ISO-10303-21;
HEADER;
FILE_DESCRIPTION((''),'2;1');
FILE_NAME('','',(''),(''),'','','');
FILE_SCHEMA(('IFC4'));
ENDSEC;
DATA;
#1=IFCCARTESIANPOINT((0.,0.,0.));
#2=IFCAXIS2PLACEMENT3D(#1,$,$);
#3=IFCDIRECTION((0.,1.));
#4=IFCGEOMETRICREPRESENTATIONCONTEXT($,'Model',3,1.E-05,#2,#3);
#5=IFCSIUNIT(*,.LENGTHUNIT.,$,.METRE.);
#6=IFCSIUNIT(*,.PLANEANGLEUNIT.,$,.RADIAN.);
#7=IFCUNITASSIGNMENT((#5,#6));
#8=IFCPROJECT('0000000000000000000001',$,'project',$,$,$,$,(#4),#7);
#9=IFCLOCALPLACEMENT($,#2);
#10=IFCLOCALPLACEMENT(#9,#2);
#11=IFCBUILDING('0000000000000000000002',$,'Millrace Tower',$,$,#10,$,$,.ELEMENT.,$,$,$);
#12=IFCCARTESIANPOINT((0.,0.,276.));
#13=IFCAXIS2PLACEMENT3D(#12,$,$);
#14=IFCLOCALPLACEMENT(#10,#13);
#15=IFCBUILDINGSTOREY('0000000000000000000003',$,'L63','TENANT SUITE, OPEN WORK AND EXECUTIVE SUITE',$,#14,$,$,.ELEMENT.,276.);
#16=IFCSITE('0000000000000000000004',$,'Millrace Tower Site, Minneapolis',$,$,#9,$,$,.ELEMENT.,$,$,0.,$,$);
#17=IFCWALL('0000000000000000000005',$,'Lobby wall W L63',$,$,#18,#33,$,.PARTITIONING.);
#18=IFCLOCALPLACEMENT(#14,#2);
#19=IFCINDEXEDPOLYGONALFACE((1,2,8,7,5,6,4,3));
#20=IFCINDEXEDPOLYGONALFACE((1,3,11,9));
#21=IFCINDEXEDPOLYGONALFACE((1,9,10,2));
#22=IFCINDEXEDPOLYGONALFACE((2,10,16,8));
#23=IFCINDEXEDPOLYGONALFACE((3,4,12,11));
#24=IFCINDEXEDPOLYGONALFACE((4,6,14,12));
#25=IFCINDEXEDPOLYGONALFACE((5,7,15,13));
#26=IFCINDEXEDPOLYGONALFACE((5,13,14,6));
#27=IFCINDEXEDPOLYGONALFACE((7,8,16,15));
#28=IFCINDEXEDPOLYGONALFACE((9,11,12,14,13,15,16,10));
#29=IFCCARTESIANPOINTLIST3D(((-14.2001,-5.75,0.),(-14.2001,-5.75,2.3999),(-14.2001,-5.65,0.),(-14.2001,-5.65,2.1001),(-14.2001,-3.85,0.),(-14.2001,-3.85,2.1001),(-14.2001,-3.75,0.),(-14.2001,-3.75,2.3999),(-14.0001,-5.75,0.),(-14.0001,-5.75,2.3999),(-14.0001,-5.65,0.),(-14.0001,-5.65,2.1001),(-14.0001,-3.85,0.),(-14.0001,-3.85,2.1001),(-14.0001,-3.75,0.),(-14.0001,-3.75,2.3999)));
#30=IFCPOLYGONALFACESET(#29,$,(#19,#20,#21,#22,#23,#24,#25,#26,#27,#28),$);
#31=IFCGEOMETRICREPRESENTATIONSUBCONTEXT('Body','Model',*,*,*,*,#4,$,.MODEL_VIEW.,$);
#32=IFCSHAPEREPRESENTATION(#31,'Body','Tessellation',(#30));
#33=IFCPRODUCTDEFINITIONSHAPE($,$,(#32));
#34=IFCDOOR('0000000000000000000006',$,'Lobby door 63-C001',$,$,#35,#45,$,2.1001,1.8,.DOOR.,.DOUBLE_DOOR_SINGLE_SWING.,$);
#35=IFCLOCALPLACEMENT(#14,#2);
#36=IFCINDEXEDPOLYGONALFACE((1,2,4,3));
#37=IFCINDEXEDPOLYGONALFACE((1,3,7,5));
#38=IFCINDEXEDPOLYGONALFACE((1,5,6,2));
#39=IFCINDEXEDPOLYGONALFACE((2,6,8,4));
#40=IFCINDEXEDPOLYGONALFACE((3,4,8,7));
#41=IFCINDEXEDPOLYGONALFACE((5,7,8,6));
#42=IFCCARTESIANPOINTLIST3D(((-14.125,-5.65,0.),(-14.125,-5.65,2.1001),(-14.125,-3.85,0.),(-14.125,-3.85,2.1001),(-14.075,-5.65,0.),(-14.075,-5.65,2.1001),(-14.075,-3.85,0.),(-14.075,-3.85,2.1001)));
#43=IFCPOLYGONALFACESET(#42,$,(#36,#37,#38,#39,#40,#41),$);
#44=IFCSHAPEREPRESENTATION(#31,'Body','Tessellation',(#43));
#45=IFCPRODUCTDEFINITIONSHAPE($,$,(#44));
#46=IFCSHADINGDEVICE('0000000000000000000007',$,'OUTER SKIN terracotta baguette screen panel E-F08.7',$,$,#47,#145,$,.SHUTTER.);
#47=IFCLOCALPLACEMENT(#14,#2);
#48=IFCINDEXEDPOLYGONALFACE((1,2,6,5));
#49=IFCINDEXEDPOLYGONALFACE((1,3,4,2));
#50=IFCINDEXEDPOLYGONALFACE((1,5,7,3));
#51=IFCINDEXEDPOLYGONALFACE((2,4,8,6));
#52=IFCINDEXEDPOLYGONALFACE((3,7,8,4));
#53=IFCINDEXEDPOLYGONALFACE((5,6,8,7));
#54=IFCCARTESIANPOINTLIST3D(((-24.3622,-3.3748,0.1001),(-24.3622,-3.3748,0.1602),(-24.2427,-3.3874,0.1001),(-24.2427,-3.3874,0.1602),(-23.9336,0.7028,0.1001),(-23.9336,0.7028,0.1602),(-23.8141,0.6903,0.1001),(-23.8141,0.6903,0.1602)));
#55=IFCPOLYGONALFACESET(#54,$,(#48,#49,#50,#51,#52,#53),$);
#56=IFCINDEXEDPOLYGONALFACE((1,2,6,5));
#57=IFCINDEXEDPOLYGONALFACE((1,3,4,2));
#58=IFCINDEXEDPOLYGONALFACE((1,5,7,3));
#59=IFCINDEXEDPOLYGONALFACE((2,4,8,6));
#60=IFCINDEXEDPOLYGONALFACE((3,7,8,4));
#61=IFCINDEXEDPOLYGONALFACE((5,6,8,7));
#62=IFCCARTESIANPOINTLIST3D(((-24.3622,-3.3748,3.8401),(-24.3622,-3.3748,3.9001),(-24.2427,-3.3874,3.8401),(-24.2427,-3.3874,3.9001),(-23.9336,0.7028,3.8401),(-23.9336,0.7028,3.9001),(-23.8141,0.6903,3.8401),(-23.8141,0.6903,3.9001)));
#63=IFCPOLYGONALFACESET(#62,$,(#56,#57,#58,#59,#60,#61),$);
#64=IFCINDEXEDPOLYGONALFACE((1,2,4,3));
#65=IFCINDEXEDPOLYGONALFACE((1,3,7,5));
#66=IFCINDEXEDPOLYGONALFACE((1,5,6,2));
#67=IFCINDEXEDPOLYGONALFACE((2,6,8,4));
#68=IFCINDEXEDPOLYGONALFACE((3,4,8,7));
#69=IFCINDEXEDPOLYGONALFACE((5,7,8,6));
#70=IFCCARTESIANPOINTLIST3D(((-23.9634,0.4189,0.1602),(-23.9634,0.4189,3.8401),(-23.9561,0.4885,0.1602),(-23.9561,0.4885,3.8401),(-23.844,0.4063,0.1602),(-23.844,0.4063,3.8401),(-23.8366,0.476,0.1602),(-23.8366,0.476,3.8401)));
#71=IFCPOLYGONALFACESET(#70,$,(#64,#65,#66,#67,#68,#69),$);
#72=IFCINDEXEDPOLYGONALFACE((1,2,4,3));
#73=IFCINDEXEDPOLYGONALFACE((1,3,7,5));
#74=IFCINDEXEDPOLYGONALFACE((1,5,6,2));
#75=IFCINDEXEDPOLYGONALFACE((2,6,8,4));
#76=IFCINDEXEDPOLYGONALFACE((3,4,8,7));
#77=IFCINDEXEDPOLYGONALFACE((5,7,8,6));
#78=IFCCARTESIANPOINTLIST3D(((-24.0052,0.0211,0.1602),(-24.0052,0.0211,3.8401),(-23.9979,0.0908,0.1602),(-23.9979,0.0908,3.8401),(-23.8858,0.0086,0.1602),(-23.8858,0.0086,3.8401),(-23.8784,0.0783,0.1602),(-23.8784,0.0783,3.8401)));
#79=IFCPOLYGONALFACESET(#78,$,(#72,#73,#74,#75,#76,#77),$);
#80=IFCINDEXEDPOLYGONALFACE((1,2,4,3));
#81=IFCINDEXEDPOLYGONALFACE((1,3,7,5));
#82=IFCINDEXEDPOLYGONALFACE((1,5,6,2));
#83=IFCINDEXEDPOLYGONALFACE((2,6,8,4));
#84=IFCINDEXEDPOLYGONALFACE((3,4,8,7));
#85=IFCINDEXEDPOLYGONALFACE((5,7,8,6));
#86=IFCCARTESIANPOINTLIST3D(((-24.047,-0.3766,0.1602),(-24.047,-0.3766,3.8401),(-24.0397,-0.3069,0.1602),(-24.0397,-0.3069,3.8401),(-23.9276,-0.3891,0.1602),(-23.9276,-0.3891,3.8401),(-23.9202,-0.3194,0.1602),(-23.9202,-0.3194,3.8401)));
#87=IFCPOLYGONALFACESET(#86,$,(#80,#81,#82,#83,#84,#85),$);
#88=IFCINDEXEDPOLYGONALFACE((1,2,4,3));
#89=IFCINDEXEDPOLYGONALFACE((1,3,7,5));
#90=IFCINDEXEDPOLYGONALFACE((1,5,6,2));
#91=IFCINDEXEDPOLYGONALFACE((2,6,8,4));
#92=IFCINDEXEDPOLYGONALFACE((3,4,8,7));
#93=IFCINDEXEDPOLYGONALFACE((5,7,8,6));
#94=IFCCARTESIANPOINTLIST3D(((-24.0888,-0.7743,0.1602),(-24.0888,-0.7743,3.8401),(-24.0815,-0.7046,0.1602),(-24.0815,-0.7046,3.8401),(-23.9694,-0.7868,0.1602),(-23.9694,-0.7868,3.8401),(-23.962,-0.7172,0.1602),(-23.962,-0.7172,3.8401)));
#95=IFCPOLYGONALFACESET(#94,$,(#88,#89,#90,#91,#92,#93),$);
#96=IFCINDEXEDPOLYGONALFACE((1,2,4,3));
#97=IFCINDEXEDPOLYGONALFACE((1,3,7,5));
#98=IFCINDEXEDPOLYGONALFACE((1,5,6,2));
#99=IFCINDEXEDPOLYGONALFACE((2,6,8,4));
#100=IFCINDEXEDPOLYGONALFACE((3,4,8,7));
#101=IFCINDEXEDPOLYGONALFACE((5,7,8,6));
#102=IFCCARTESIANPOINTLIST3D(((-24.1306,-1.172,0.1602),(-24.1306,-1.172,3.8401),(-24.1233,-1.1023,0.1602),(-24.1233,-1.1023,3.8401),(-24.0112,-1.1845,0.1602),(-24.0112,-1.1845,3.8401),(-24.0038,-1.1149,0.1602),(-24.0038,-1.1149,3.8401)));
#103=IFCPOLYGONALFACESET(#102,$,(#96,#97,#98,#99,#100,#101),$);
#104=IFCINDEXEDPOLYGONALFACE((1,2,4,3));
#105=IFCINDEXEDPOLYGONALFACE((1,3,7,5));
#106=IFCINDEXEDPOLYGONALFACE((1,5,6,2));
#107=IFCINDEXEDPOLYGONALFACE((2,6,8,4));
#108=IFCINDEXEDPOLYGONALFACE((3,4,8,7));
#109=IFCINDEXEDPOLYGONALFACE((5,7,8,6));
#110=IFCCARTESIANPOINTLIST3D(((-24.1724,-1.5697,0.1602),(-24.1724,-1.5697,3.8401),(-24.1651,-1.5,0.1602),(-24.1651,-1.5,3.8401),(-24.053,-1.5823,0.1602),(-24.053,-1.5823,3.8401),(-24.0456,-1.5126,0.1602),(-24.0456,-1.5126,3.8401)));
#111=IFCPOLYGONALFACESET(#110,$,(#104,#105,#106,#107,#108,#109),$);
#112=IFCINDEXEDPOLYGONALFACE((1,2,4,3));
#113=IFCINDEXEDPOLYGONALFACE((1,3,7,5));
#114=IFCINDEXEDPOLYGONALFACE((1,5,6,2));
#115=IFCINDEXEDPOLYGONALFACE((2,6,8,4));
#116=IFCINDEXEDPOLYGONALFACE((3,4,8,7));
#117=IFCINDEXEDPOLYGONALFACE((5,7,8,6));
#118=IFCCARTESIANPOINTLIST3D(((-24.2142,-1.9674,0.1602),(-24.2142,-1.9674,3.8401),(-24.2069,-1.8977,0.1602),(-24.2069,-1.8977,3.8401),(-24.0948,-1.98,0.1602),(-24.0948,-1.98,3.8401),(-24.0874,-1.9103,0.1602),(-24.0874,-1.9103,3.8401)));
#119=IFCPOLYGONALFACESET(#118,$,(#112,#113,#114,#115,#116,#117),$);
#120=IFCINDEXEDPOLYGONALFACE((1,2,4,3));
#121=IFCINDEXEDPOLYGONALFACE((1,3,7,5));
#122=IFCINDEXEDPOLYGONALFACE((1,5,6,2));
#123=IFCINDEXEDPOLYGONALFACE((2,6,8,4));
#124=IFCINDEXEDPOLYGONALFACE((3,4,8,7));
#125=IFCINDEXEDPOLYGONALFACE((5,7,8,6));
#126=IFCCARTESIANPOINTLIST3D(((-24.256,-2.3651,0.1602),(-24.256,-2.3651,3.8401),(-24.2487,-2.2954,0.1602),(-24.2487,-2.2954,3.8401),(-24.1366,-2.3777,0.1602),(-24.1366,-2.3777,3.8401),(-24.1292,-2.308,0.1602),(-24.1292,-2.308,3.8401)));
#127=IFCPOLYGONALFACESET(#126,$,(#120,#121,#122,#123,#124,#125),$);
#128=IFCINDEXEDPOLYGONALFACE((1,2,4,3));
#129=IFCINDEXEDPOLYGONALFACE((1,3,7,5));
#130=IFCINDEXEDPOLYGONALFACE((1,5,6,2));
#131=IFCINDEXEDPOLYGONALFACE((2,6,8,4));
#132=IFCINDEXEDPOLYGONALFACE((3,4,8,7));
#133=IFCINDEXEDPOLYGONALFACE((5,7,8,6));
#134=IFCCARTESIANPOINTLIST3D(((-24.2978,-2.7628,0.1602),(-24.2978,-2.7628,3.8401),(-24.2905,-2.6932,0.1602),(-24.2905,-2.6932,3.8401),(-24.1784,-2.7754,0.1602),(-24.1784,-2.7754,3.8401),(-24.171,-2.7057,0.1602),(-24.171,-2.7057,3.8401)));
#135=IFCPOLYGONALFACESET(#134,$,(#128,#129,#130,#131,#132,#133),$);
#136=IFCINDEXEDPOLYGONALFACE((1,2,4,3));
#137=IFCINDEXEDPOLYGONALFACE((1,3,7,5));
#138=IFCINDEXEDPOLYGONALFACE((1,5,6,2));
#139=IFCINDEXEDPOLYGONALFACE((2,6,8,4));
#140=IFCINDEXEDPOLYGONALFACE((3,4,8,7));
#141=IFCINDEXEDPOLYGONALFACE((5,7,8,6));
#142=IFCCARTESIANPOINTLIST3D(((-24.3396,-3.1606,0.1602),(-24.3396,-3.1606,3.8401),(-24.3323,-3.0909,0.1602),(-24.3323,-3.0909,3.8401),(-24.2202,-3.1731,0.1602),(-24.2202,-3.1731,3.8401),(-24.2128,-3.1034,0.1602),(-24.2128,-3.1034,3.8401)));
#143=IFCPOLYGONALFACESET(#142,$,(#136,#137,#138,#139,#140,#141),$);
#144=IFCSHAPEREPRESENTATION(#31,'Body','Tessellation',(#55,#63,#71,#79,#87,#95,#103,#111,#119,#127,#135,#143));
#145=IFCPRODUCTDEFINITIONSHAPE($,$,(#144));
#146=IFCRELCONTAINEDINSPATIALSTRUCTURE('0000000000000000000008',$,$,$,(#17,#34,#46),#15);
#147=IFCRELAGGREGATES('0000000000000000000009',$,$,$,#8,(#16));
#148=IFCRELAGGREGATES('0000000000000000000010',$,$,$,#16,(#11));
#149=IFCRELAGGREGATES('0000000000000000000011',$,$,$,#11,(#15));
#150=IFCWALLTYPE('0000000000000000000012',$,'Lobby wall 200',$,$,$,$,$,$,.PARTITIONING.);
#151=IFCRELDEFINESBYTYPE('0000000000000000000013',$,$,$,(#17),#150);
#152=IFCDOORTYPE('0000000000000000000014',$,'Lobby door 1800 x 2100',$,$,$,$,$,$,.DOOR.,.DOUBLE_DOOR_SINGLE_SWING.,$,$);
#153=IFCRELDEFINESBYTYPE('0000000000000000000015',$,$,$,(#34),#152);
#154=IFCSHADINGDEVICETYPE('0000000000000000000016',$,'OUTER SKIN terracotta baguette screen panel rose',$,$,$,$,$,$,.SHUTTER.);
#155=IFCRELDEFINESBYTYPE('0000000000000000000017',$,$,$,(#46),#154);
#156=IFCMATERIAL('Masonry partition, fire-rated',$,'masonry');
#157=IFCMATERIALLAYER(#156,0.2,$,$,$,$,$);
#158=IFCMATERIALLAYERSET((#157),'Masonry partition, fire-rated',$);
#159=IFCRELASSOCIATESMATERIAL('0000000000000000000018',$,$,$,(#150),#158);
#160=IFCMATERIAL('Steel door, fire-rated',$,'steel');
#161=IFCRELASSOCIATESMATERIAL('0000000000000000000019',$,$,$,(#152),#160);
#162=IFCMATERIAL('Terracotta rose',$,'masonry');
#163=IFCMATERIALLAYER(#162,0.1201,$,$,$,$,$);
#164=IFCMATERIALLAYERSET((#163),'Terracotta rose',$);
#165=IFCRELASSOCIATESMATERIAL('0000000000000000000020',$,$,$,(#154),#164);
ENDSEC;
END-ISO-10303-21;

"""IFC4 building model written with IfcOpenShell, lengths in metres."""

from ifc_helpers import new_model, entity, si_unit, direction, frame, frame_2d, origin, place, context, subcontext, project, spatial, rectangle, extrude, source, transform, mapped, material, layer, layer_set, type_object, element, fill, save


model = new_model("IFC4")

# Units and contexts
model_context = context("Model", 3, precision=1e-05, world=origin(), true_north=direction((0.0, 1.0)))
body_context = subcontext(model_context, "Body", "Model", "MODEL_VIEW")
ifc_project = project(units=[si_unit("LENGTHUNIT", "METRE"), si_unit("PLANEANGLEUNIT", "RADIAN")], contexts=[model_context])

# Site, building, storey
site_placement = place(None, origin())
site = spatial("IfcSite", under=ifc_project, at=site_placement, Name="Millrace Tower Site, Minneapolis", CompositionType="ELEMENT", RefElevation=0.0)
building_placement = place(site_placement, origin())
building = spatial("IfcBuilding", under=site, at=building_placement, Name="Millrace Tower", CompositionType="ELEMENT")
storey_placement = place(building_placement, frame((0.0, 0.0, 276.0)))
storey = spatial("IfcBuildingStorey", under=building, at=storey_placement, Name="L63", Description="TENANT SUITE, OPEN WORK AND EXECUTIVE SUITE", CompositionType="ELEMENT", Elevation=276.0)

# Wall, opening, door
ifc_material_1 = material(Name="Masonry partition, fire-rated", Category="masonry")
ifc_layer_1 = layer(ifc_material_1, 0.2)
ifc_layer_set_1 = layer_set([ifc_layer_1], Name="Masonry partition, fire-rated")
wall_type_1 = type_object("IfcWallType", Name="Lobby wall 200", PredefinedType="PARTITIONING", material=ifc_layer_set_1)
wall_1_placement = place(storey_placement, frame((-14.1001, -5.75, 0.0), z_axis=(0.0, 0.0, 1.0), x_axis=(0.0, 1.0, 0.0)))
wall_1 = element("IfcWall", 1, at=wall_1_placement, inside=storey, type_object=wall_type_1, Name="Lobby wall W L63", PredefinedType="PARTITIONING", context=body_context, shape_type="SweptSolid", body=[
    extrude(rectangle(XDim=2.0, YDim=0.2, at=frame_2d((1.0, 0.0))), origin(), (0.0, 0.0, 1.0), 2.3999),
])
opening_1_placement = place(wall_1_placement, frame((0.1001, 0.0, 0.0)))
opening_1 = element("IfcOpeningElement", 2, at=opening_1_placement, cuts=wall_1, PredefinedType="OPENING", context=body_context, shape_type="SweptSolid", body=[
    extrude(rectangle(XDim=1.8, YDim=2.1001, at=frame_2d((0.8999, 1.05))), frame((0.0, 0.1099, 0.0), z_axis=(0.0, -1.0, 0.0), x_axis=(1.0, 0.0, 0.0)), (0.0, 0.0, 1.0), 0.22),
])
ifc_material_2 = material(Name="Steel door, fire-rated", Category="steel")
door_type_1 = type_object("IfcDoorType", Name="Lobby door 1800 x 2100", OperationType="DOUBLE_DOOR_SINGLE_SWING", PredefinedType="DOOR", material=ifc_material_2)
door_1_placement = place(opening_1_placement, origin())
door_1 = element("IfcDoor", 3, at=door_1_placement, inside=storey, type_object=door_type_1, Name="Lobby door 63-C001", OperationType="DOUBLE_DOOR_SINGLE_SWING", OverallHeight=2.1001, OverallWidth=1.8, PredefinedType="DOOR", context=body_context, shape_type="SweptSolid", body=[
    extrude(rectangle(XDim=1.8, YDim=2.1001, at=frame_2d((0.8999, 1.05))), frame((0.0, 0.0249, 0.0), z_axis=(0.0, -1.0, 0.0), x_axis=(1.0, 0.0, 0.0)), (0.0, 0.0, 1.0), 0.05),
])
fill(opening_1, door_1)

# Shading device
ifc_material_3 = material(Name="Terracotta rose", Category="masonry")
ifc_layer_2 = layer(ifc_material_3, 0.1201)
ifc_layer_set_2 = layer_set([ifc_layer_2], Name="Terracotta rose")
shading_device_type = type_object("IfcShadingDeviceType", Name="OUTER SKIN terracotta baguette screen panel rose", PredefinedType="SHUTTER", material=ifc_layer_set_2)
cartesian_point_1 = entity("IfcCartesianPoint", [-2.05, 0.0601])
shared_polyline_1 = entity("IfcPolyline", [cartesian_point_1, entity("IfcCartesianPoint", [2.05, 0.0601]), entity("IfcCartesianPoint", [2.05, -0.0601]), entity("IfcCartesianPoint", [-2.05, -0.0601]), cartesian_point_1])
shared_shape_1 = source(origin(), body_context, "Body", "SweptSolid", [
    entity("IfcExtrudedAreaSolid", entity("IfcArbitraryClosedProfileDef", "AREA", None, shared_polyline_1), entity("IfcAxis2Placement3D", entity("IfcCartesianPoint", [0.0, 0.0, 0.0])), entity("IfcDirection", [0.0, 0.0, 1.0]), 0.0601),
    entity("IfcExtrudedAreaSolid", entity("IfcArbitraryClosedProfileDef", "AREA", None, shared_polyline_1), entity("IfcAxis2Placement3D", entity("IfcCartesianPoint", [0.0, 0.0, 3.74])), entity("IfcDirection", [0.0, 0.0, 1.0]), 0.0601),
    extrude(rectangle(XDim=0.0701, YDim=0.1201, at=frame_2d((-1.7996, 0.0))), frame((0.0, 0.0, 0.0601)), (0.0, 0.0, 1.0), 3.6799),
    extrude(rectangle(XDim=0.0701, YDim=0.1201, at=frame_2d((-1.3997, 0.0))), frame((0.0, 0.0, 0.0601)), (0.0, 0.0, 1.0), 3.6799),
    extrude(rectangle(XDim=0.0701, YDim=0.1201, at=frame_2d((-0.9998, 0.0))), frame((0.0, 0.0, 0.0601)), (0.0, 0.0, 1.0), 3.6799),
    extrude(rectangle(XDim=0.0701, YDim=0.1201, at=frame_2d((-0.5999, 0.0))), frame((0.0, 0.0, 0.0601)), (0.0, 0.0, 1.0), 3.6799),
    extrude(rectangle(XDim=0.0701, YDim=0.1201, at=frame_2d((-0.2, 0.0))), frame((0.0, 0.0, 0.0601)), (0.0, 0.0, 1.0), 3.6799),
    extrude(rectangle(XDim=0.0701, YDim=0.1201, at=frame_2d((0.2, 0.0))), frame((0.0, 0.0, 0.0601)), (0.0, 0.0, 1.0), 3.6799),
    extrude(rectangle(XDim=0.0701, YDim=0.1201, at=frame_2d((0.5999, 0.0))), frame((0.0, 0.0, 0.0601)), (0.0, 0.0, 1.0), 3.6799),
    extrude(rectangle(XDim=0.0701, YDim=0.1201, at=frame_2d((0.9998, 0.0))), frame((0.0, 0.0, 0.0601)), (0.0, 0.0, 1.0), 3.6799),
    extrude(rectangle(XDim=0.0701, YDim=0.1201, at=frame_2d((1.3997, 0.0))), frame((0.0, 0.0, 0.0601)), (0.0, 0.0, 1.0), 3.6799),
    extrude(rectangle(XDim=0.0701, YDim=0.1201, at=frame_2d((1.7996, 0.0))), frame((0.0, 0.0, 0.0601)), (0.0, 0.0, 1.0), 3.6799),
])
for number, where, z_axis, x_axis, name in (
    (4, (-24.0881, -1.3423, 0.1001), (0.0, 0.0, 1.0), (-0.104528, -0.994522, 0.0), "OUTER SKIN terracotta baguette screen panel E-F08.7"),
):
    element("IfcShadingDevice", number, at=place(storey_placement, frame(where, z_axis=z_axis, x_axis=x_axis)), inside=storey, type_object=shading_device_type, Name=name, PredefinedType="SHUTTER", context=body_context, shape_type="MappedRepresentation", body=[
        mapped(shared_shape_1, transform((0.0, 0.0, 0.0), scale=1.0)),
    ])

save(model, "model.ifc")
